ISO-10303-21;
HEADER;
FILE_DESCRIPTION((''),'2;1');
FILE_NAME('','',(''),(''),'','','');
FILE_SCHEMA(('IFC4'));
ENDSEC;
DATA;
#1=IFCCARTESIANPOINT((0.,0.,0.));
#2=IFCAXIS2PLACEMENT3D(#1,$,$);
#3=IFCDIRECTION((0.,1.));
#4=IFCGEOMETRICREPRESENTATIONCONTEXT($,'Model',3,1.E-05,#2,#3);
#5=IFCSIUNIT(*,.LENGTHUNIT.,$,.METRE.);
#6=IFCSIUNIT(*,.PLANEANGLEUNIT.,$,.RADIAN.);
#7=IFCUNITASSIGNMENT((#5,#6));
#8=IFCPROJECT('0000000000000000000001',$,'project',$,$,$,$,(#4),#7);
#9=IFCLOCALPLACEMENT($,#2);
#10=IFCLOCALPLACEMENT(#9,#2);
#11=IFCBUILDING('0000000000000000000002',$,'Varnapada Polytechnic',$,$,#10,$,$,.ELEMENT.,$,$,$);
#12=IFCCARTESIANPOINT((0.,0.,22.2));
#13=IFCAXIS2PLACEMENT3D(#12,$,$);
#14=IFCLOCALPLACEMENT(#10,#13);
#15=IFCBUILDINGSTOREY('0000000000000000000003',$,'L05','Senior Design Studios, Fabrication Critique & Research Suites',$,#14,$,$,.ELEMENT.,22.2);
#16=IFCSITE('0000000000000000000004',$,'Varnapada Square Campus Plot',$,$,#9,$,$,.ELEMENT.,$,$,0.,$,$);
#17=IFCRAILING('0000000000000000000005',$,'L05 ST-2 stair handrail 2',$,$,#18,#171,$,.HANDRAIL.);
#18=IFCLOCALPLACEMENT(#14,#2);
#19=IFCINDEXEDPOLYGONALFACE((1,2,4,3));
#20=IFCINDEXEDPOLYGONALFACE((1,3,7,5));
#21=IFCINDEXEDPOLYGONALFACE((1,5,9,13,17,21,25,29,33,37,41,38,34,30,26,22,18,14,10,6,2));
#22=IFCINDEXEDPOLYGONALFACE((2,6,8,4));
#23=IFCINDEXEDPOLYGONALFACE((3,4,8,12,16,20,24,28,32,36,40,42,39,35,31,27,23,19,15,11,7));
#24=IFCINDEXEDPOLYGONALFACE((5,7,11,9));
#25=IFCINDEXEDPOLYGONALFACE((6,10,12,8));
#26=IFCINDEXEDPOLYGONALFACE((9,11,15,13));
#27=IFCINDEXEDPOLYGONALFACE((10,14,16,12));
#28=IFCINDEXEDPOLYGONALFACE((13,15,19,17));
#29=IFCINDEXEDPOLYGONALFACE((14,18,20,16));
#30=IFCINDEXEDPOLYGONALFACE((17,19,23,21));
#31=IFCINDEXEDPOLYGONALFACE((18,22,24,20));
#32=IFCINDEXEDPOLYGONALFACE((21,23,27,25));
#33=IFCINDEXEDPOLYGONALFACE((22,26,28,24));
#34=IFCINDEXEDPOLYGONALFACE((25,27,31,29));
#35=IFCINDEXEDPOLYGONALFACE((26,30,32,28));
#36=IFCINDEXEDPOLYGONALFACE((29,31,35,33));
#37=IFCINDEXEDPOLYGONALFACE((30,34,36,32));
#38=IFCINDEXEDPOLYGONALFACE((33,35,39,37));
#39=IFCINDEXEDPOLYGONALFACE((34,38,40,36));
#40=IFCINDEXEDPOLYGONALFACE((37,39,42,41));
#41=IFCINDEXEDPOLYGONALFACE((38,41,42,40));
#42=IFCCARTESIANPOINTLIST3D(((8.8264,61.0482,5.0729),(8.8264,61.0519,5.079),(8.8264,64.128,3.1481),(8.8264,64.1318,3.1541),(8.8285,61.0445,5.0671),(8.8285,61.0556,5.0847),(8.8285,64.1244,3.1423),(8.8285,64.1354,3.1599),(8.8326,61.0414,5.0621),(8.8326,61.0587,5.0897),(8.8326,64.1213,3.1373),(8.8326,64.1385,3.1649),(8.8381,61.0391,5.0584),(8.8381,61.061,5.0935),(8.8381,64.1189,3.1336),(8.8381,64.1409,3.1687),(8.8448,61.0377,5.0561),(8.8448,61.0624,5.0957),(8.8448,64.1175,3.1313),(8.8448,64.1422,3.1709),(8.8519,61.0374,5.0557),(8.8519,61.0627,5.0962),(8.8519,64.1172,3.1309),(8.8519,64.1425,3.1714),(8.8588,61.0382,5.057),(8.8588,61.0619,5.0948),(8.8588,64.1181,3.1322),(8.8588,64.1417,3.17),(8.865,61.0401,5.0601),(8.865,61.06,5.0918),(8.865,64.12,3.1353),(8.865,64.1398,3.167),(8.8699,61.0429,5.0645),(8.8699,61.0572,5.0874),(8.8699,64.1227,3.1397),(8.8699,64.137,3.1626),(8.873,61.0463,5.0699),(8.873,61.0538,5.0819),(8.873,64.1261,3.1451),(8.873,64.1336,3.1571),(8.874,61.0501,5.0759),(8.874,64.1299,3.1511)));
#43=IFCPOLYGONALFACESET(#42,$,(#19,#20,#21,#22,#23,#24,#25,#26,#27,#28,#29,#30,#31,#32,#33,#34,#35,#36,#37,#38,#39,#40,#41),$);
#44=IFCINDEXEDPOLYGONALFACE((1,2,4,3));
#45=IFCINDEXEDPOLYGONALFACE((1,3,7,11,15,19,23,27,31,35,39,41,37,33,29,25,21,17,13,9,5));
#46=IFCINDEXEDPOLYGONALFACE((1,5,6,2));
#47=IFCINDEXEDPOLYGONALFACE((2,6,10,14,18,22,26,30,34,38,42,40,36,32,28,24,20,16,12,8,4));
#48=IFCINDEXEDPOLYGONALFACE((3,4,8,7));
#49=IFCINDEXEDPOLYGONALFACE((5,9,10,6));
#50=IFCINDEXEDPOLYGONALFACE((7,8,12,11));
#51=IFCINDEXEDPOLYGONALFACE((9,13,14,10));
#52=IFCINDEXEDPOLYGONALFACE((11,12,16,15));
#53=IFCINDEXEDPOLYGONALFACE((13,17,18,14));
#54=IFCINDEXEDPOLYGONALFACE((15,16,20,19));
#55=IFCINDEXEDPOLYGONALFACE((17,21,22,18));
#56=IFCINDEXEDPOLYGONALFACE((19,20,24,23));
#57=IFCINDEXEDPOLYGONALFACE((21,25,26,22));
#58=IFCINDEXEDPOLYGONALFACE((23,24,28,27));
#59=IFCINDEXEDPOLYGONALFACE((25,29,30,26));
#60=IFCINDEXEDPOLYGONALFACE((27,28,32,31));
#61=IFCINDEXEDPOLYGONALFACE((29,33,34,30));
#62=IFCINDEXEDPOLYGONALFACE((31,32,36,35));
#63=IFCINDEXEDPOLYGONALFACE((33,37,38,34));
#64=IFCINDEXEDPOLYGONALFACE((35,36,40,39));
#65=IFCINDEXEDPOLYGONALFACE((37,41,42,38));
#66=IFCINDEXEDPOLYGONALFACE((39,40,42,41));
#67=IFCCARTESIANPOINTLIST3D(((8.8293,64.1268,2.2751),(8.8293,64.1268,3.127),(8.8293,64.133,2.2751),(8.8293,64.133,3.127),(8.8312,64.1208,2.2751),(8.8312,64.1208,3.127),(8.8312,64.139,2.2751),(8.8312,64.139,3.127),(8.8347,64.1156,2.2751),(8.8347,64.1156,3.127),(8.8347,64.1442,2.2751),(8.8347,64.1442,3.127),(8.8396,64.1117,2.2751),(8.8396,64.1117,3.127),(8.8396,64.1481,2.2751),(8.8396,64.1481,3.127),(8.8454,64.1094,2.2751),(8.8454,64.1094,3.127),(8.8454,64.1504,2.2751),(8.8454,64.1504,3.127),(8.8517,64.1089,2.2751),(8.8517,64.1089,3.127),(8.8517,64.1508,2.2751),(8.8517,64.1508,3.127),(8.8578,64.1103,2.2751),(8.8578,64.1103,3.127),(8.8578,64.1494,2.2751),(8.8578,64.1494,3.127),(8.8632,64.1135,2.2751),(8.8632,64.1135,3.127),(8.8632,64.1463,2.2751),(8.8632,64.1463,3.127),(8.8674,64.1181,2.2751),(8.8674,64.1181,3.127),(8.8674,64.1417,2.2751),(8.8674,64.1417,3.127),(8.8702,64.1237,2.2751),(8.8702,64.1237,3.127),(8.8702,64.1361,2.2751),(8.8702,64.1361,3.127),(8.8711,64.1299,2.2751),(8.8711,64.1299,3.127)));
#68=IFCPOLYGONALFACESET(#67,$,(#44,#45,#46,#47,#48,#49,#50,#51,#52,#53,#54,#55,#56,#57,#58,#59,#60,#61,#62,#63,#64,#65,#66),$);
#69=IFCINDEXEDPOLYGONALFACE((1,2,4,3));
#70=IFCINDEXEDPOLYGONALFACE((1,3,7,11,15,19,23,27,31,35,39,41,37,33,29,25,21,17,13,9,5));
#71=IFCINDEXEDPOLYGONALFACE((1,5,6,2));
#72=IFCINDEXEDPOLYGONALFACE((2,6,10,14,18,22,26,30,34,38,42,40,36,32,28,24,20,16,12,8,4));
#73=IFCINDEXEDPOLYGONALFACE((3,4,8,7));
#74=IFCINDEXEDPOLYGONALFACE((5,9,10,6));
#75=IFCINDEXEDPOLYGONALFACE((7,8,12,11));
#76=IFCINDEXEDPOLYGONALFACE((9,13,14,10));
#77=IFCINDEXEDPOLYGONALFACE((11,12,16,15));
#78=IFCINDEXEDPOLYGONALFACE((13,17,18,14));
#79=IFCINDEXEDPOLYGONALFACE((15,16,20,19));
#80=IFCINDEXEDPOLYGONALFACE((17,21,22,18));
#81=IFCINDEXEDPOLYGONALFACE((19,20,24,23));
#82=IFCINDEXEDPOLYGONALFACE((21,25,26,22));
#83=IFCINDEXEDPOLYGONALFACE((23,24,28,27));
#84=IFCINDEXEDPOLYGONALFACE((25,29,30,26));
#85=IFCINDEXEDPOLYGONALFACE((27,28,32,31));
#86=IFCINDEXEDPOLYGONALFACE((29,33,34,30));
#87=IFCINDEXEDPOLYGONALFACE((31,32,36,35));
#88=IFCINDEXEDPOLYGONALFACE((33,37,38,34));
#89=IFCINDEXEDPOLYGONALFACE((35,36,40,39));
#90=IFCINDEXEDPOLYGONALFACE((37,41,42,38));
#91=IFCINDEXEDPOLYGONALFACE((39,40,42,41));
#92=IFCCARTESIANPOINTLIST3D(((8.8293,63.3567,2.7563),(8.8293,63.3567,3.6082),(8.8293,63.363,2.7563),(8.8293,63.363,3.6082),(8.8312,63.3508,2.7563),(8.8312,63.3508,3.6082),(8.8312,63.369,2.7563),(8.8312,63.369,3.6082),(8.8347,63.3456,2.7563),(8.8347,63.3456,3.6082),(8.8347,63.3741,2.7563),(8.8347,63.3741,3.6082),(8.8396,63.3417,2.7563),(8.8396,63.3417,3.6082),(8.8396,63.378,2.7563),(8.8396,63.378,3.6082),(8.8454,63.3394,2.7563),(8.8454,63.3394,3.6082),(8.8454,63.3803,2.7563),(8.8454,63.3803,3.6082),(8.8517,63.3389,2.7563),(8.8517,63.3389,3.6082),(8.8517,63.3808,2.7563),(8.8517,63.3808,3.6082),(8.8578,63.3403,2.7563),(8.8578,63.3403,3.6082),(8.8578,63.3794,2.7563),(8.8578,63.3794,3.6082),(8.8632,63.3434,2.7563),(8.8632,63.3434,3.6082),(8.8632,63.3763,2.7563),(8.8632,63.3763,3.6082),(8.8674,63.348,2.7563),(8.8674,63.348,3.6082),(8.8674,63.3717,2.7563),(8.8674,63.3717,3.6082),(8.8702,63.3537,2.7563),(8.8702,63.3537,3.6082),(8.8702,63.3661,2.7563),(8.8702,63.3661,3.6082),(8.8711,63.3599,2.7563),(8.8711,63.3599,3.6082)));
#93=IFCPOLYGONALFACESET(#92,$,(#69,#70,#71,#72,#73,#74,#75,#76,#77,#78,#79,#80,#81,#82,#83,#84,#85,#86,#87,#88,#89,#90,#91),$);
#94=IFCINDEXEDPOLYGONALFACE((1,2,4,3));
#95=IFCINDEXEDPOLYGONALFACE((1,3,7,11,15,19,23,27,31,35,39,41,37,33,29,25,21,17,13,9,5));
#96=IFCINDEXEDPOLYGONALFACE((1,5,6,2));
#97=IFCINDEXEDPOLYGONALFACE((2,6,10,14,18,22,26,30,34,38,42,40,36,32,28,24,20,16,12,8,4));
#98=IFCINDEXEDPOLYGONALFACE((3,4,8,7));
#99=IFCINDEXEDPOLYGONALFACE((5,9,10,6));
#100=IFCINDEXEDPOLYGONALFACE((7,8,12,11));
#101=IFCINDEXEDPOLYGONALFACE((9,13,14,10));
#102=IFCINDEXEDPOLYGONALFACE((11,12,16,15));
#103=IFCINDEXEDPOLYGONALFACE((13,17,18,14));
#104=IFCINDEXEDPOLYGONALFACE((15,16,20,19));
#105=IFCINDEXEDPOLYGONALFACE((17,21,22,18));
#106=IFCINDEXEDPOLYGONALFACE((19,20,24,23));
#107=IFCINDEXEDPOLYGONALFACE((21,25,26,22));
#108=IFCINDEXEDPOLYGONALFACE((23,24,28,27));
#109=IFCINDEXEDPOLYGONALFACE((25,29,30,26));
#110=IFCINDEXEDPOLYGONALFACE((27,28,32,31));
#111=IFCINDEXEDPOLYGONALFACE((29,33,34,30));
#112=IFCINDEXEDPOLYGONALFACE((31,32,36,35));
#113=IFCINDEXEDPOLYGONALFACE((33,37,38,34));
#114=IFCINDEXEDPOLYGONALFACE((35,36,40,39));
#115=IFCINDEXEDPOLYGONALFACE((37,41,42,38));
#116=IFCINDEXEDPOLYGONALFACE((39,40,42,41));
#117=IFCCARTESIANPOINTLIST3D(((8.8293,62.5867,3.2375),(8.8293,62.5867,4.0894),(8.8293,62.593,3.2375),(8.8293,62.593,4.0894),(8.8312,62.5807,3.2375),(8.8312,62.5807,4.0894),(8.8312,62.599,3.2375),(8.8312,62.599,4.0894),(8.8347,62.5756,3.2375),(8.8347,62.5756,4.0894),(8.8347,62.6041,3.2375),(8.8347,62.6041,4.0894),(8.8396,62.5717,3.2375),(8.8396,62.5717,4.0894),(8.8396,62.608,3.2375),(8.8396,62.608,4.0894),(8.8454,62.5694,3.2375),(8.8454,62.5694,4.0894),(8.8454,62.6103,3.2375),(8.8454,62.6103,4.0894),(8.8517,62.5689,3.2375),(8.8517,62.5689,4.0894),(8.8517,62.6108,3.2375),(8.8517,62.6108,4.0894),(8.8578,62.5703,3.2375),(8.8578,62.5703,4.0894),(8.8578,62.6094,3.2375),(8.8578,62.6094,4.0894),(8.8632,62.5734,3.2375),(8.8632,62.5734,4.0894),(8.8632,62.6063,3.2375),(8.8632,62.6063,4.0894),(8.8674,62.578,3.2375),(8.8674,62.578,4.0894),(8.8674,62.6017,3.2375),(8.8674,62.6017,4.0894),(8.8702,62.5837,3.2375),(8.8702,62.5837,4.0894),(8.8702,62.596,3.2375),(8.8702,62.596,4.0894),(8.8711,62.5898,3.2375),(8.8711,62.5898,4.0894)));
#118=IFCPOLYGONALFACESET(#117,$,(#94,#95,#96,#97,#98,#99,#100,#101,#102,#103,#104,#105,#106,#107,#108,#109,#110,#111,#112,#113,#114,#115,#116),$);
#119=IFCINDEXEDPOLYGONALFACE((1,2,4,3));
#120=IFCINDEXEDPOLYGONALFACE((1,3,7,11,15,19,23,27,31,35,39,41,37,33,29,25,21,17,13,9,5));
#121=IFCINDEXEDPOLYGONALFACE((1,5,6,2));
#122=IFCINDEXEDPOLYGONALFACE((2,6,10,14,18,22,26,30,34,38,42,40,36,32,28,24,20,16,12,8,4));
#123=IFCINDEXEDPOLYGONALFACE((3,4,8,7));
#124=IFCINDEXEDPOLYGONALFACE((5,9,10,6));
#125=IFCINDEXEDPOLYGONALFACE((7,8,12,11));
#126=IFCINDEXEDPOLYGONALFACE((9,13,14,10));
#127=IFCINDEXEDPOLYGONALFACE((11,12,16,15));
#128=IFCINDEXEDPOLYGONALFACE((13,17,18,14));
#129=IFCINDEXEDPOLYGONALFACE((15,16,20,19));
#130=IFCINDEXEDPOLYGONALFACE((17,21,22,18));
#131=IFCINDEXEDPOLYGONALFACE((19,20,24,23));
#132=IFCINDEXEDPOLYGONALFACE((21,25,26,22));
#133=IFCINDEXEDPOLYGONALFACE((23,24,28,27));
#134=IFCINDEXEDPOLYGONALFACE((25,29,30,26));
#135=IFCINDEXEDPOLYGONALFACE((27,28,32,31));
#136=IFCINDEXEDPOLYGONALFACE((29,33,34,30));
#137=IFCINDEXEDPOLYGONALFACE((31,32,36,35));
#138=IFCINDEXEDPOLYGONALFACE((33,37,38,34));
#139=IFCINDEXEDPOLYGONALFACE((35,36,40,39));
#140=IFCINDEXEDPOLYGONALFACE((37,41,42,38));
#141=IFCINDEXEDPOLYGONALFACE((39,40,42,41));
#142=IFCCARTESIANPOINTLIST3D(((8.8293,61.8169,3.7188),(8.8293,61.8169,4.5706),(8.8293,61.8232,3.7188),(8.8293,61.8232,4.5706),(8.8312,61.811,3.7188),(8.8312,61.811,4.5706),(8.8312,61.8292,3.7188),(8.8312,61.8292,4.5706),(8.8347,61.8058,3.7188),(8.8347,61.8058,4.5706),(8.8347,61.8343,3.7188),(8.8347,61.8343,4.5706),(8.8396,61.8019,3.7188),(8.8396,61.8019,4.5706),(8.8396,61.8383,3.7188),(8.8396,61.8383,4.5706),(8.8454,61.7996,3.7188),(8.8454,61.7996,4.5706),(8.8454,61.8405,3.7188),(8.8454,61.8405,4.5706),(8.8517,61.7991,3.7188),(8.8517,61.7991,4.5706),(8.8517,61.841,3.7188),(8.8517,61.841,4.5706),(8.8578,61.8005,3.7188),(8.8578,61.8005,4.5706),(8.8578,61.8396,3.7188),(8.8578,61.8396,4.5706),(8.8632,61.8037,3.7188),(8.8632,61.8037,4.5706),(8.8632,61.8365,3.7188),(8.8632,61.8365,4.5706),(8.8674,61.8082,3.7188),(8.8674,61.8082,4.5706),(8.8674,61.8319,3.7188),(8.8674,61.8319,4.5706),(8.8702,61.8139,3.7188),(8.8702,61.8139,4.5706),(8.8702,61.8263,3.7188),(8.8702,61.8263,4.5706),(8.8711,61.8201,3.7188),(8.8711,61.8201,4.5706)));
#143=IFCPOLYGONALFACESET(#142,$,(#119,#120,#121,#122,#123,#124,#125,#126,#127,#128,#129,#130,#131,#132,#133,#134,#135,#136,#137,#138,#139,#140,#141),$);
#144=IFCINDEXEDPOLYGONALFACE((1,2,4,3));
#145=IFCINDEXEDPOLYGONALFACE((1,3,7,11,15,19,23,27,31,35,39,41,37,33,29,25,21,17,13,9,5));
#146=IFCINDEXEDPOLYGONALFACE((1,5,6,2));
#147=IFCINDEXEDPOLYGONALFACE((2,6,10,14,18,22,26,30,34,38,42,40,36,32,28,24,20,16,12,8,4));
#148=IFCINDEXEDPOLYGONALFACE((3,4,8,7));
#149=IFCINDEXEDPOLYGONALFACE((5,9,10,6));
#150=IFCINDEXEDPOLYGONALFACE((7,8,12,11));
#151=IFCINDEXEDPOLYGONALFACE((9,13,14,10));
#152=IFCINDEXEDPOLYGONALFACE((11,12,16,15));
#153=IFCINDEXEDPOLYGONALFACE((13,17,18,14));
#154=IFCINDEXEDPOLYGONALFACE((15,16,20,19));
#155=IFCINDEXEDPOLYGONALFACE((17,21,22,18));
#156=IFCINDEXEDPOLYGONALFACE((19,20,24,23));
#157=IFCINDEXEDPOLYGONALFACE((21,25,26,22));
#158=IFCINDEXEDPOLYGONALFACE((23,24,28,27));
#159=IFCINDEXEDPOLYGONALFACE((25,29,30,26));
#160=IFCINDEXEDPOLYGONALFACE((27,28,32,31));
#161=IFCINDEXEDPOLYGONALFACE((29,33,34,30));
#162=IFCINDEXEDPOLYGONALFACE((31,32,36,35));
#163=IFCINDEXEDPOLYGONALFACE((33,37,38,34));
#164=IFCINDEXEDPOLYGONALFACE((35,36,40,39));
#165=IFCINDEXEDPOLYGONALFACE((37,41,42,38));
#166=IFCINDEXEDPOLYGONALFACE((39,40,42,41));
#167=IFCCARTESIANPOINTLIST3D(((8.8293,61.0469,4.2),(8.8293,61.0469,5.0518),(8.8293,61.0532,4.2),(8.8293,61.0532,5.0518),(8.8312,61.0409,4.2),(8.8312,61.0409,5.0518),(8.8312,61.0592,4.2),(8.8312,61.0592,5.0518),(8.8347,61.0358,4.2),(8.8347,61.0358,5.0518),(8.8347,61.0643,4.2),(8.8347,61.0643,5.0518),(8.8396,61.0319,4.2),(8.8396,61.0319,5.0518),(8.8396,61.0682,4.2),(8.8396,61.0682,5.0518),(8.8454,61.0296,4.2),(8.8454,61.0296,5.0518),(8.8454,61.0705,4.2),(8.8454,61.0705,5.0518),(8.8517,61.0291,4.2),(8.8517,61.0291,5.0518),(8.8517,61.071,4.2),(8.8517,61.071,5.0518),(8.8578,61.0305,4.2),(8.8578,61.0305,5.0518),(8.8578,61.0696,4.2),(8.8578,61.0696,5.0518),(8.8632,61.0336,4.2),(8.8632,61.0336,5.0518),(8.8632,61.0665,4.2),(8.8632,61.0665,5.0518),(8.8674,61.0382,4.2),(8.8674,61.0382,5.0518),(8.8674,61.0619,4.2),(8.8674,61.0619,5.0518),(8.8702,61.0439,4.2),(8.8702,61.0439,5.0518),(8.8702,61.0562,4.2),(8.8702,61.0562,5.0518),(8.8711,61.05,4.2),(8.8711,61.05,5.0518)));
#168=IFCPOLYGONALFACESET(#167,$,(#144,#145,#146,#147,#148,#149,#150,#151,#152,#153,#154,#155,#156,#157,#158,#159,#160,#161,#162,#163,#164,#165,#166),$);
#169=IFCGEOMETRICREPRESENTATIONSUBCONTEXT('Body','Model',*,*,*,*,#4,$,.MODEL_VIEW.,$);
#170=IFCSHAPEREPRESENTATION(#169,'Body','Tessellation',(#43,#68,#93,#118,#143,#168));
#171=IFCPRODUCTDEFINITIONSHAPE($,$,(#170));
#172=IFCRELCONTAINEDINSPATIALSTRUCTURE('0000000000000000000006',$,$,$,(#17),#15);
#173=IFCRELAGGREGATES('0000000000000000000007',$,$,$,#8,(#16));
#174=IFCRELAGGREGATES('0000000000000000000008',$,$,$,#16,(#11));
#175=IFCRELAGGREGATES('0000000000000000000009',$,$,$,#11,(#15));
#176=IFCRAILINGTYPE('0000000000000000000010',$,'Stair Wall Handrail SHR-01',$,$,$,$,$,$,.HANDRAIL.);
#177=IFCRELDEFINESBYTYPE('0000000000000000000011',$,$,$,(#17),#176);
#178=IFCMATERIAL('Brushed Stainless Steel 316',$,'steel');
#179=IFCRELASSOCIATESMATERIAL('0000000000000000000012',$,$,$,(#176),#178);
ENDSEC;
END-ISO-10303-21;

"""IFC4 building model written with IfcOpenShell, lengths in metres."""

from ifc_helpers import new_model, si_unit, direction, frame, origin, origin_2d, place, context, subcontext, project, spatial, circle, extrude, material, type_object, element, save


model = new_model("IFC4")

# Units and contexts
model_context = context("Model", 3, precision=1e-05, world=origin(), true_north=direction((0.0, 1.0)))
body_context = subcontext(model_context, "Body", "Model", "MODEL_VIEW")
ifc_project = project(units=[si_unit("LENGTHUNIT", "METRE"), si_unit("PLANEANGLEUNIT", "RADIAN")], contexts=[model_context])

# Site, building, storey
site_placement = place(None, origin())
site = spatial("IfcSite", under=ifc_project, at=site_placement, Name="Varnapada Square Campus Plot", CompositionType="ELEMENT", RefElevation=0.0)
building_placement = place(site_placement, origin())
building = spatial("IfcBuilding", under=site, at=building_placement, Name="Varnapada Polytechnic", CompositionType="ELEMENT")
storey_placement = place(building_placement, frame((0.0, 0.0, 22.2)))
storey = spatial("IfcBuildingStorey", under=building, at=storey_placement, Name="L05", Description="Senior Design Studios, Fabrication Critique & Research Suites", CompositionType="ELEMENT", Elevation=22.2)

# Shared definitions
ifc_material_1 = material(Name="Brushed Stainless Steel 316", Category="steel")

# Railing
railing_type_1 = type_object("IfcRailingType", Name="Stair Wall Handrail SHR-01", PredefinedType="HANDRAIL", material=ifc_material_1)
railing_1_placement = place(storey_placement, frame((8.8501, 64.1299, 2.2751)))
element("IfcRailing", 1, at=railing_1_placement, inside=storey, type_object=railing_type_1, Name="L05 ST-2 stair handrail 2", PredefinedType="HANDRAIL", context=body_context, shape_type="SweptSolid", body=[
    extrude(circle(Radius=0.0239, at=origin_2d()), frame((0.0, 0.0, 0.876), z_axis=(0.0, -0.84801, 0.529981), x_axis=(1.0, 0.0, 0.0)), (0.0, 0.0, 1.0), 3.6318),
    extrude(circle(Radius=0.021, at=origin_2d()), origin(), (0.0, 0.0, 1.0), 0.8518),
    extrude(circle(Radius=0.021, at=origin_2d()), frame((0.0, -0.77, 0.4812)), (0.0, 0.0, 1.0), 0.8518),
    extrude(circle(Radius=0.021, at=origin_2d()), frame((0.0, -1.54, 0.9624)), (0.0, 0.0, 1.0), 0.8518),
    extrude(circle(Radius=0.021, at=origin_2d()), frame((0.0, -2.3098, 1.4436)), (0.0, 0.0, 1.0), 0.8518),
    extrude(circle(Radius=0.021, at=origin_2d()), frame((0.0, -3.0798, 1.9248)), (0.0, 0.0, 1.0), 0.8518),
])

save(model, "model.ifc")
